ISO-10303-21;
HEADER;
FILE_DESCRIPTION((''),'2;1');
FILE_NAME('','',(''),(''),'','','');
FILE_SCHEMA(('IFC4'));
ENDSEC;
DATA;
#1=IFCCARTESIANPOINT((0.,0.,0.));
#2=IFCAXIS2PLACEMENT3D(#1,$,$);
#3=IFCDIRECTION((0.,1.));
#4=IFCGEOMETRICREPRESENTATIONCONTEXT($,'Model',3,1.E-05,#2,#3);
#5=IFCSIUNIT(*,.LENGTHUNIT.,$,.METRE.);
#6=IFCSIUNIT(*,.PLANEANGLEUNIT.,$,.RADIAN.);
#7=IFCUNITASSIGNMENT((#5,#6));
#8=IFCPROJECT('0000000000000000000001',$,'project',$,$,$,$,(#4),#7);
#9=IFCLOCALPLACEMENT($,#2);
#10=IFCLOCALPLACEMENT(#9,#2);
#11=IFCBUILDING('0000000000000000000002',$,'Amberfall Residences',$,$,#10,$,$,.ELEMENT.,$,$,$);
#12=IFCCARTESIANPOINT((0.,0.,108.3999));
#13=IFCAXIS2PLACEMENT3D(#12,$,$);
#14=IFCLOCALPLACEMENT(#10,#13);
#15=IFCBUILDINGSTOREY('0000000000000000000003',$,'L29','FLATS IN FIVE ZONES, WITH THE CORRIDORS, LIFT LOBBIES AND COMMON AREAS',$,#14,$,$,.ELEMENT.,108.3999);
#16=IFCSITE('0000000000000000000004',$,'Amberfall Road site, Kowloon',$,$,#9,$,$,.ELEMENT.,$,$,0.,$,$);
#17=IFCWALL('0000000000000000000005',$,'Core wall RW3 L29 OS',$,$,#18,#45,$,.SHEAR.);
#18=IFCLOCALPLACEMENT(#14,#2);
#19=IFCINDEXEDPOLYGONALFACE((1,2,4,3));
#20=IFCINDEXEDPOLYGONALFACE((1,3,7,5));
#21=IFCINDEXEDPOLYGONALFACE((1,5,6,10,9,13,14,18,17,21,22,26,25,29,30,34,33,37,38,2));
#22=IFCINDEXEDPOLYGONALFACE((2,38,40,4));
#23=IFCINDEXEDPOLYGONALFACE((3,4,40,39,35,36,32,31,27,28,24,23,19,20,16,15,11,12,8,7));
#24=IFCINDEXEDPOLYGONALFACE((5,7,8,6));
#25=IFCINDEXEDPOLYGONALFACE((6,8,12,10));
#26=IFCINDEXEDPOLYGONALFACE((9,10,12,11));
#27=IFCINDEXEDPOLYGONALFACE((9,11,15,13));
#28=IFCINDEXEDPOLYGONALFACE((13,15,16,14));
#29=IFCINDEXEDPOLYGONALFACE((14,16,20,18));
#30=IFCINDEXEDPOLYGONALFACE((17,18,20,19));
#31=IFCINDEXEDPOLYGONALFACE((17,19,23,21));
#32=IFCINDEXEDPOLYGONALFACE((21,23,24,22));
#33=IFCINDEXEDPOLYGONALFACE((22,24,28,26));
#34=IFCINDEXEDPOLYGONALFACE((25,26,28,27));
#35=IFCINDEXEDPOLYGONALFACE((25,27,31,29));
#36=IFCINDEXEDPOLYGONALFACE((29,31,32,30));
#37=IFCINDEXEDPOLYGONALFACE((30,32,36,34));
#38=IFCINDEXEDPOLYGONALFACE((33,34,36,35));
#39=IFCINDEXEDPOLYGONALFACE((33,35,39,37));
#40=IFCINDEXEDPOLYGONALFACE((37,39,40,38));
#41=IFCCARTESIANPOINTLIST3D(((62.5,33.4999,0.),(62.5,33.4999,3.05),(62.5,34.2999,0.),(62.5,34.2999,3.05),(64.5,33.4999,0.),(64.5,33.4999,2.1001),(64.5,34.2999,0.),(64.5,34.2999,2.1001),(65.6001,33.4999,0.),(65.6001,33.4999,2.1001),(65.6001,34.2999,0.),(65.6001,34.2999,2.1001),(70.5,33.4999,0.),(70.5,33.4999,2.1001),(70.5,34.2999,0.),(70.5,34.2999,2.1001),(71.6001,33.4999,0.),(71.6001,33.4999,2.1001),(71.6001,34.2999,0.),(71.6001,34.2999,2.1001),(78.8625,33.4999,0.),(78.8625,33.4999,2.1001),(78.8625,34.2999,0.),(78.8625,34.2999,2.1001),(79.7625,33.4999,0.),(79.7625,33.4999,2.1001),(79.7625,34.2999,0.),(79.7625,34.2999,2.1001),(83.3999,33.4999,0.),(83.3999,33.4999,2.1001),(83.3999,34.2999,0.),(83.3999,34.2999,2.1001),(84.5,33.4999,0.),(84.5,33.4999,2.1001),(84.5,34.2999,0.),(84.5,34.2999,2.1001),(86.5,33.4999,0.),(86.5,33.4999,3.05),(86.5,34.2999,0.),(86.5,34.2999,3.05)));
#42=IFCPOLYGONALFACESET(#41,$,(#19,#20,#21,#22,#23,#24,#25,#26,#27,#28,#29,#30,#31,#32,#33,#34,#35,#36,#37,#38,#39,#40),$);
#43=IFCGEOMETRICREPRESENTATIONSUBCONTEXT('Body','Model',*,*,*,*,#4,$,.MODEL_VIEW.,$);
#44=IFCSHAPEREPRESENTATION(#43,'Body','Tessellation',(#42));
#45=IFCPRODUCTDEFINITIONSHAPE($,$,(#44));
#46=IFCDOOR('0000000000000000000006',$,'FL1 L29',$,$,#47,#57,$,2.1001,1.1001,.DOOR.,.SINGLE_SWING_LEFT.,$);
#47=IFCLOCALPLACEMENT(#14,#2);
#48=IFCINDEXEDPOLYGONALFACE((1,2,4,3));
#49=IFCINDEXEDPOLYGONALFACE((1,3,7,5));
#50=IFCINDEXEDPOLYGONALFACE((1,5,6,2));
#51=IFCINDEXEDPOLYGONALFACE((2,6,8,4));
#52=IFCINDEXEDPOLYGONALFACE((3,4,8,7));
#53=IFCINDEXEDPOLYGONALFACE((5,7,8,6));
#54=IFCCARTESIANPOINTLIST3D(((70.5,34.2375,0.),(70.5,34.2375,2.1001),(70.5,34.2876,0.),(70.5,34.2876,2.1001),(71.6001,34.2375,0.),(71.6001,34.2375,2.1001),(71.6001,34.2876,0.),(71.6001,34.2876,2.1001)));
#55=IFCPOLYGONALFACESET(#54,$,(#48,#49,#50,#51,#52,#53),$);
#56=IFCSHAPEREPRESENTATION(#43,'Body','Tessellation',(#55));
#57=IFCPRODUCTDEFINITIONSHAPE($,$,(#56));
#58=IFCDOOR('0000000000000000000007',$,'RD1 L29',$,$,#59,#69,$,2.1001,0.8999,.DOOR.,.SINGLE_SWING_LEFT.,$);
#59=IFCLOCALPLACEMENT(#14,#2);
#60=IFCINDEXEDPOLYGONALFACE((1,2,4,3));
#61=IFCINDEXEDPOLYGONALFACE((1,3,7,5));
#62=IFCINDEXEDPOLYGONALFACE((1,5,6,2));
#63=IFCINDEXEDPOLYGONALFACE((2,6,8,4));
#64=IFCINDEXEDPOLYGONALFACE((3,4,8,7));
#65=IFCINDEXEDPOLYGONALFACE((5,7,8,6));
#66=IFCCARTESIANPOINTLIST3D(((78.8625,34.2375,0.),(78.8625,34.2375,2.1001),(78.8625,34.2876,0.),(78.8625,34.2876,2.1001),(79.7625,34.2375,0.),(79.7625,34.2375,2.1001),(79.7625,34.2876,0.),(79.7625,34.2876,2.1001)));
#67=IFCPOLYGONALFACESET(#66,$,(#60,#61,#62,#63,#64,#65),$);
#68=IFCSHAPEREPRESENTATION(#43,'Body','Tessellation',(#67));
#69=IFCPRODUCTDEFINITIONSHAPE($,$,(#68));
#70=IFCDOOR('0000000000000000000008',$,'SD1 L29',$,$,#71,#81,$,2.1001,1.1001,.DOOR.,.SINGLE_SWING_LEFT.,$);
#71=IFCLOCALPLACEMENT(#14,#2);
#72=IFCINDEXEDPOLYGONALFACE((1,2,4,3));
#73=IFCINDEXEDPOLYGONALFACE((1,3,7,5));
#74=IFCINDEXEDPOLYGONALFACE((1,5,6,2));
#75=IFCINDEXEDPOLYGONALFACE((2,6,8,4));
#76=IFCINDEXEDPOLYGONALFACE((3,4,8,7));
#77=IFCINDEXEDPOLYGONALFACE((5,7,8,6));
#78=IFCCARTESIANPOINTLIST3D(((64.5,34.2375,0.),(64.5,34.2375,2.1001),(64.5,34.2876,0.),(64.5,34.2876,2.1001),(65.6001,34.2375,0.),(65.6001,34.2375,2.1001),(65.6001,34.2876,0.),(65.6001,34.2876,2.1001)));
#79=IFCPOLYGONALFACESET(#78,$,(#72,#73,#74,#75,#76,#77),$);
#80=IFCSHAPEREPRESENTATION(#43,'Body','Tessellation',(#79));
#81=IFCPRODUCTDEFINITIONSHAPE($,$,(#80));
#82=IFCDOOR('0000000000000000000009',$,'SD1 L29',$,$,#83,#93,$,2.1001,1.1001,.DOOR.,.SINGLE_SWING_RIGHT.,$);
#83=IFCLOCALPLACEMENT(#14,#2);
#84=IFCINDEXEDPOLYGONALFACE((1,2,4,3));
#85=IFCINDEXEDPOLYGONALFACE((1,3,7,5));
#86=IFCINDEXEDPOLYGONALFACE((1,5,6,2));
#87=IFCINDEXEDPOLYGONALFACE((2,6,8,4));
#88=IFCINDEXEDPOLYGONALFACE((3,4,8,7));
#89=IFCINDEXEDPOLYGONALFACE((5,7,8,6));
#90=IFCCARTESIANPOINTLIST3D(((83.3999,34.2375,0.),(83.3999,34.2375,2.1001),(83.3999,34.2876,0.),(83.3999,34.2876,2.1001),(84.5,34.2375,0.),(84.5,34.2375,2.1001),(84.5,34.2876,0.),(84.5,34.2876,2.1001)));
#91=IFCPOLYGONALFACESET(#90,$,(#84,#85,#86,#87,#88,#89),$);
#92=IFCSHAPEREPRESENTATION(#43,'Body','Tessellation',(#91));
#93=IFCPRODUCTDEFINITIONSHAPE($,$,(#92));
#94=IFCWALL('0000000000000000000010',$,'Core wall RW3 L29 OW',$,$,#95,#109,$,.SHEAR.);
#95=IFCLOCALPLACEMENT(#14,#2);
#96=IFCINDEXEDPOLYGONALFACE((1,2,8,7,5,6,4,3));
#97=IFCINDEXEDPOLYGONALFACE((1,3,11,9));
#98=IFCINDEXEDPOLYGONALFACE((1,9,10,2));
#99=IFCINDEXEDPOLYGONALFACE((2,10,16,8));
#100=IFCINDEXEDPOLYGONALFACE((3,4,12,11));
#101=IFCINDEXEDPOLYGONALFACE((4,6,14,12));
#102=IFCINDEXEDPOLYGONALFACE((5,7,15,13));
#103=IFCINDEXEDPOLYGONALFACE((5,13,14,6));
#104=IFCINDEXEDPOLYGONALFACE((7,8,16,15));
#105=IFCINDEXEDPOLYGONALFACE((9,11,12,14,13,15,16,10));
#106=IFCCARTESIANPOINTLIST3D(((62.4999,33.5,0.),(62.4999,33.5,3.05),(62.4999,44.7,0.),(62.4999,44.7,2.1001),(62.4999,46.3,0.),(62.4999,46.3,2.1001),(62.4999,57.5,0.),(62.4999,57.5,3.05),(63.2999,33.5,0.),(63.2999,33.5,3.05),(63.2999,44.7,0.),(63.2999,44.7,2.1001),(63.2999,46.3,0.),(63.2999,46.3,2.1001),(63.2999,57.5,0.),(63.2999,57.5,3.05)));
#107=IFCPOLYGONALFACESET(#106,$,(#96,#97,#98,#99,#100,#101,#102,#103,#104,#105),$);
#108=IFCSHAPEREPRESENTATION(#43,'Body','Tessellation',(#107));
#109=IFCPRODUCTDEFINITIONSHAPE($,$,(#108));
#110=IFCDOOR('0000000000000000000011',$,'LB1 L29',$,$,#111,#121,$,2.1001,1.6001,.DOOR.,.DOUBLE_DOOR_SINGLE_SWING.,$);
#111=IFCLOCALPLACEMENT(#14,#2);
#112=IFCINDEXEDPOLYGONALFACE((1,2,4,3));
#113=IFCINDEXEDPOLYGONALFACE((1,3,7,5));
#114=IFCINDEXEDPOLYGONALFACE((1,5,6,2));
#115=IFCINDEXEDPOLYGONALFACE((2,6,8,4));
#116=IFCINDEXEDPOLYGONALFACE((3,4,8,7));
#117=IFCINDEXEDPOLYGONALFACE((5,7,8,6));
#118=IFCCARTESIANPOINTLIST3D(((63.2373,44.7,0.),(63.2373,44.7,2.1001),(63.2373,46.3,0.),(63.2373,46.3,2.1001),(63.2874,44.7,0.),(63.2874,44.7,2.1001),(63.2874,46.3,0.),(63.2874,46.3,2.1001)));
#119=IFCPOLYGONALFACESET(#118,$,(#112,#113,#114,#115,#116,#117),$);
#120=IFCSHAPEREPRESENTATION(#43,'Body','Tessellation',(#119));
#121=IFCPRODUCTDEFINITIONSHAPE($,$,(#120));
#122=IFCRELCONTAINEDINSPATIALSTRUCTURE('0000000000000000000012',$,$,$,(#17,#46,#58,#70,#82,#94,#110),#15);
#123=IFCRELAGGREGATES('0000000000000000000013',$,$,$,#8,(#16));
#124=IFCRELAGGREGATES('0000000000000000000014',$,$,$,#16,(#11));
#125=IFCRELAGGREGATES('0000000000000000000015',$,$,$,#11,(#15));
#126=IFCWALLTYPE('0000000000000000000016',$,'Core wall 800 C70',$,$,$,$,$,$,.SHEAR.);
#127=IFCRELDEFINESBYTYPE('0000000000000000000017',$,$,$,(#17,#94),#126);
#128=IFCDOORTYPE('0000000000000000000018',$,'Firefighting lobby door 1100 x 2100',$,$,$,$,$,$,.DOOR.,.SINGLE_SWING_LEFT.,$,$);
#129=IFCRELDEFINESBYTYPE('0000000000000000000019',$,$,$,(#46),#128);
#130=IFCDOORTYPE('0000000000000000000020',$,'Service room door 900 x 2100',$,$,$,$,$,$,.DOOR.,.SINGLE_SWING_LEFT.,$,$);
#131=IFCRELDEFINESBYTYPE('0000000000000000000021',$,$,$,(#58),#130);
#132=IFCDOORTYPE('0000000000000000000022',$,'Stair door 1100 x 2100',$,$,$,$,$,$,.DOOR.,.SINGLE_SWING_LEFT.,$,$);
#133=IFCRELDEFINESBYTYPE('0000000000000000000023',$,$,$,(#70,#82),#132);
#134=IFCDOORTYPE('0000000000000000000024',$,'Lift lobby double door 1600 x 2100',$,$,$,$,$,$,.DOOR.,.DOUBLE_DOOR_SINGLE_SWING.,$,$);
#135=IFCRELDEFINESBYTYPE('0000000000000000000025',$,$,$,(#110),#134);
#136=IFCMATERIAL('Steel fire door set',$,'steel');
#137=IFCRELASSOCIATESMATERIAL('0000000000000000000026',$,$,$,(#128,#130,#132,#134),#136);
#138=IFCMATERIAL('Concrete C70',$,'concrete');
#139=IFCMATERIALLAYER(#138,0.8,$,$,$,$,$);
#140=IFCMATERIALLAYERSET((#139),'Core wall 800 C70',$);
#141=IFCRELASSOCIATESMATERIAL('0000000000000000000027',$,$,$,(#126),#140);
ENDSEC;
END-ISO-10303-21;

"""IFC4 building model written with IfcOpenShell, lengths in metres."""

from ifc_helpers import new_model, si_unit, direction, frame, frame_2d, origin, place, context, subcontext, project, spatial, rectangle, extrude, material, layer, layer_set, type_object, element, fill, save


model = new_model("IFC4")

# Units and contexts
model_context = context("Model", 3, precision=1e-05, world=origin(), true_north=direction((0.0, 1.0)))
body_context = subcontext(model_context, "Body", "Model", "MODEL_VIEW")
ifc_project = project(units=[si_unit("LENGTHUNIT", "METRE"), si_unit("PLANEANGLEUNIT", "RADIAN")], contexts=[model_context])

# Site, building, storey
site_placement = place(None, origin())
site = spatial("IfcSite", under=ifc_project, at=site_placement, Name="Amberfall Road site, Kowloon", CompositionType="ELEMENT", RefElevation=0.0)
building_placement = place(site_placement, origin())
building = spatial("IfcBuilding", under=site, at=building_placement, Name="Amberfall Residences", CompositionType="ELEMENT")
storey_placement = place(building_placement, frame((0.0, 0.0, 108.3999)))
storey = spatial("IfcBuildingStorey", under=building, at=storey_placement, Name="L29", Description="FLATS IN FIVE ZONES, WITH THE CORRIDORS, LIFT LOBBIES AND COMMON AREAS", CompositionType="ELEMENT", Elevation=108.3999)

# Shared definitions
ifc_material_1 = material(Name="Concrete C70", Category="concrete")

# Shared definitions
ifc_material_2 = material(Name="Steel fire door set", Category="steel")
door_type_1 = type_object("IfcDoorType", Name="Firefighting lobby door 1100 x 2100", OperationType="SINGLE_SWING_LEFT", PredefinedType="DOOR", material=ifc_material_2)

# Wall, openings, doors
ifc_layer_1 = layer(ifc_material_1, 0.8)
ifc_layer_set_1 = layer_set([ifc_layer_1], Name="Core wall 800 C70")
wall_type_1 = type_object("IfcWallType", Name="Core wall 800 C70", PredefinedType="SHEAR", material=ifc_layer_set_1)
wall_1_placement = place(storey_placement, frame((62.5, 33.8999, 0.0), z_axis=(0.0, 0.0, 1.0), x_axis=(1.0, 0.0, 0.0)))
wall_1 = element("IfcWall", 1, at=wall_1_placement, inside=storey, type_object=wall_type_1, Name="Core wall RW3 L29 OS", PredefinedType="SHEAR", context=body_context, shape_type="SweptSolid", body=[
    extrude(rectangle(XDim=24.0, YDim=0.8, at=frame_2d((12.0, 0.0))), origin(), (0.0, 0.0, 1.0), 3.05),
])
opening_1_placement = place(wall_1_placement, frame((2.0, 0.0, 0.0)))
opening_1 = element("IfcOpeningElement", 2, at=opening_1_placement, cuts=wall_1, PredefinedType="OPENING", context=body_context, shape_type="SweptSolid", body=[
    extrude(rectangle(XDim=1.1001, YDim=2.1001, at=frame_2d((0.55, 1.05))), frame((0.0, 0.4099, 0.0), z_axis=(0.0, -1.0, 0.0), x_axis=(1.0, 0.0, 0.0)), (0.0, 0.0, 1.0), 0.8201),
])
opening_2_placement = place(wall_1_placement, frame((20.8999, 0.0, 0.0)))
opening_2 = element("IfcOpeningElement", 3, at=opening_2_placement, cuts=wall_1, PredefinedType="OPENING", context=body_context, shape_type="SweptSolid", body=[
    extrude(rectangle(XDim=1.1001, YDim=2.1001, at=frame_2d((0.55, 1.05))), frame((0.0, 0.4099, 0.0), z_axis=(0.0, -1.0, 0.0), x_axis=(1.0, 0.0, 0.0)), (0.0, 0.0, 1.0), 0.8201),
])
opening_3_placement = place(wall_1_placement, frame((8.0, 0.0, 0.0)))
opening_3 = element("IfcOpeningElement", 4, at=opening_3_placement, cuts=wall_1, PredefinedType="OPENING", context=body_context, shape_type="SweptSolid", body=[
    extrude(rectangle(XDim=1.1001, YDim=2.1001, at=frame_2d((0.55, 1.05))), frame((0.0, 0.4099, 0.0), z_axis=(0.0, -1.0, 0.0), x_axis=(1.0, 0.0, 0.0)), (0.0, 0.0, 1.0), 0.8201),
])
opening_4_placement = place(wall_1_placement, frame((16.3625, 0.0, 0.0)))
opening_4 = element("IfcOpeningElement", 5, at=opening_4_placement, cuts=wall_1, PredefinedType="OPENING", context=body_context, shape_type="SweptSolid", body=[
    extrude(rectangle(XDim=0.8999, YDim=2.1001, at=frame_2d((0.45, 1.05))), frame((0.0, 0.4099, 0.0), z_axis=(0.0, -1.0, 0.0), x_axis=(1.0, 0.0, 0.0)), (0.0, 0.0, 1.0), 0.8201),
])
door_1_placement = place(opening_3_placement, origin())
door_1 = element("IfcDoor", 6, at=door_1_placement, inside=storey, type_object=door_type_1, Name="FL1 L29", OperationType="SINGLE_SWING_LEFT", OverallHeight=2.1001, OverallWidth=1.1001, PredefinedType="DOOR", context=body_context, shape_type="SweptSolid", body=[
    extrude(rectangle(XDim=1.1001, YDim=2.1001, at=frame_2d((0.55, 1.05))), frame((0.0, 0.3877, 0.0), z_axis=(0.0, -1.0, 0.0), x_axis=(1.0, 0.0, 0.0)), (0.0, 0.0, 1.0), 0.05),
])
fill(opening_3, door_1)
door_type_2 = type_object("IfcDoorType", Name="Service room door 900 x 2100", OperationType="SINGLE_SWING_LEFT", PredefinedType="DOOR", material=ifc_material_2)
door_2_placement = place(opening_4_placement, origin())
door_2 = element("IfcDoor", 7, at=door_2_placement, inside=storey, type_object=door_type_2, Name="RD1 L29", OperationType="SINGLE_SWING_LEFT", OverallHeight=2.1001, OverallWidth=0.8999, PredefinedType="DOOR", context=body_context, shape_type="SweptSolid", body=[
    extrude(rectangle(XDim=0.8999, YDim=2.1001, at=frame_2d((0.45, 1.05))), frame((0.0, 0.3877, 0.0), z_axis=(0.0, -1.0, 0.0), x_axis=(1.0, 0.0, 0.0)), (0.0, 0.0, 1.0), 0.05),
])
fill(opening_4, door_2)
door_type_3 = type_object("IfcDoorType", Name="Stair door 1100 x 2100", OperationType="SINGLE_SWING_LEFT", PredefinedType="DOOR", material=ifc_material_2)
door_3_placement = place(opening_1_placement, origin())
door_3 = element("IfcDoor", 8, at=door_3_placement, inside=storey, type_object=door_type_3, Name="SD1 L29", OperationType="SINGLE_SWING_LEFT", OverallHeight=2.1001, OverallWidth=1.1001, PredefinedType="DOOR", context=body_context, shape_type="SweptSolid", body=[
    extrude(rectangle(XDim=1.1001, YDim=2.1001, at=frame_2d((0.55, 1.05))), frame((0.0, 0.3877, 0.0), z_axis=(0.0, -1.0, 0.0), x_axis=(1.0, 0.0, 0.0)), (0.0, 0.0, 1.0), 0.05),
])
fill(opening_1, door_3)
door_4_placement = place(opening_2_placement, origin())
door_4 = element("IfcDoor", 9, at=door_4_placement, inside=storey, type_object=door_type_3, Name="SD1 L29", OperationType="SINGLE_SWING_RIGHT", OverallHeight=2.1001, OverallWidth=1.1001, PredefinedType="DOOR", context=body_context, shape_type="SweptSolid", body=[
    extrude(rectangle(XDim=1.1001, YDim=2.1001, at=frame_2d((0.55, 1.05))), frame((0.0, 0.3877, 0.0), z_axis=(0.0, -1.0, 0.0), x_axis=(1.0, 0.0, 0.0)), (0.0, 0.0, 1.0), 0.05),
])
fill(opening_2, door_4)

# Wall, opening, door
wall_2_placement = place(storey_placement, frame((62.8999, 33.5, 0.0), z_axis=(0.0, 0.0, 1.0), x_axis=(0.0, 1.0, 0.0)))
wall_2 = element("IfcWall", 10, at=wall_2_placement, inside=storey, type_object=wall_type_1, Name="Core wall RW3 L29 OW", PredefinedType="SHEAR", context=body_context, shape_type="SweptSolid", body=[
    extrude(rectangle(XDim=24.0, YDim=0.8, at=frame_2d((12.0, 0.0))), origin(), (0.0, 0.0, 1.0), 3.05),
])
opening_5_placement = place(wall_2_placement, frame((11.2, 0.0, 0.0)))
opening_5 = element("IfcOpeningElement", 11, at=opening_5_placement, cuts=wall_2, PredefinedType="OPENING", context=body_context, shape_type="SweptSolid", body=[
    extrude(rectangle(XDim=1.6001, YDim=2.1001, at=frame_2d((0.8, 1.05))), frame((0.0, 0.4099, 0.0), z_axis=(0.0, -1.0, 0.0), x_axis=(1.0, 0.0, 0.0)), (0.0, 0.0, 1.0), 0.8201),
])
door_type_4 = type_object("IfcDoorType", Name="Lift lobby double door 1600 x 2100", OperationType="DOUBLE_DOOR_SINGLE_SWING", PredefinedType="DOOR", material=ifc_material_2)
door_5_placement = place(opening_5_placement, origin())
door_5 = element("IfcDoor", 12, at=door_5_placement, inside=storey, type_object=door_type_4, Name="LB1 L29", OperationType="DOUBLE_DOOR_SINGLE_SWING", OverallHeight=2.1001, OverallWidth=1.6001, PredefinedType="DOOR", context=body_context, shape_type="SweptSolid", body=[
    extrude(rectangle(XDim=1.6001, YDim=2.1001, at=frame_2d((0.8, 1.05))), frame((0.0, -0.3374, 0.0), z_axis=(0.0, -1.0, 0.0), x_axis=(1.0, 0.0, 0.0)), (0.0, 0.0, 1.0), 0.05),
])
fill(opening_5, door_5)

save(model, "model.ifc")
